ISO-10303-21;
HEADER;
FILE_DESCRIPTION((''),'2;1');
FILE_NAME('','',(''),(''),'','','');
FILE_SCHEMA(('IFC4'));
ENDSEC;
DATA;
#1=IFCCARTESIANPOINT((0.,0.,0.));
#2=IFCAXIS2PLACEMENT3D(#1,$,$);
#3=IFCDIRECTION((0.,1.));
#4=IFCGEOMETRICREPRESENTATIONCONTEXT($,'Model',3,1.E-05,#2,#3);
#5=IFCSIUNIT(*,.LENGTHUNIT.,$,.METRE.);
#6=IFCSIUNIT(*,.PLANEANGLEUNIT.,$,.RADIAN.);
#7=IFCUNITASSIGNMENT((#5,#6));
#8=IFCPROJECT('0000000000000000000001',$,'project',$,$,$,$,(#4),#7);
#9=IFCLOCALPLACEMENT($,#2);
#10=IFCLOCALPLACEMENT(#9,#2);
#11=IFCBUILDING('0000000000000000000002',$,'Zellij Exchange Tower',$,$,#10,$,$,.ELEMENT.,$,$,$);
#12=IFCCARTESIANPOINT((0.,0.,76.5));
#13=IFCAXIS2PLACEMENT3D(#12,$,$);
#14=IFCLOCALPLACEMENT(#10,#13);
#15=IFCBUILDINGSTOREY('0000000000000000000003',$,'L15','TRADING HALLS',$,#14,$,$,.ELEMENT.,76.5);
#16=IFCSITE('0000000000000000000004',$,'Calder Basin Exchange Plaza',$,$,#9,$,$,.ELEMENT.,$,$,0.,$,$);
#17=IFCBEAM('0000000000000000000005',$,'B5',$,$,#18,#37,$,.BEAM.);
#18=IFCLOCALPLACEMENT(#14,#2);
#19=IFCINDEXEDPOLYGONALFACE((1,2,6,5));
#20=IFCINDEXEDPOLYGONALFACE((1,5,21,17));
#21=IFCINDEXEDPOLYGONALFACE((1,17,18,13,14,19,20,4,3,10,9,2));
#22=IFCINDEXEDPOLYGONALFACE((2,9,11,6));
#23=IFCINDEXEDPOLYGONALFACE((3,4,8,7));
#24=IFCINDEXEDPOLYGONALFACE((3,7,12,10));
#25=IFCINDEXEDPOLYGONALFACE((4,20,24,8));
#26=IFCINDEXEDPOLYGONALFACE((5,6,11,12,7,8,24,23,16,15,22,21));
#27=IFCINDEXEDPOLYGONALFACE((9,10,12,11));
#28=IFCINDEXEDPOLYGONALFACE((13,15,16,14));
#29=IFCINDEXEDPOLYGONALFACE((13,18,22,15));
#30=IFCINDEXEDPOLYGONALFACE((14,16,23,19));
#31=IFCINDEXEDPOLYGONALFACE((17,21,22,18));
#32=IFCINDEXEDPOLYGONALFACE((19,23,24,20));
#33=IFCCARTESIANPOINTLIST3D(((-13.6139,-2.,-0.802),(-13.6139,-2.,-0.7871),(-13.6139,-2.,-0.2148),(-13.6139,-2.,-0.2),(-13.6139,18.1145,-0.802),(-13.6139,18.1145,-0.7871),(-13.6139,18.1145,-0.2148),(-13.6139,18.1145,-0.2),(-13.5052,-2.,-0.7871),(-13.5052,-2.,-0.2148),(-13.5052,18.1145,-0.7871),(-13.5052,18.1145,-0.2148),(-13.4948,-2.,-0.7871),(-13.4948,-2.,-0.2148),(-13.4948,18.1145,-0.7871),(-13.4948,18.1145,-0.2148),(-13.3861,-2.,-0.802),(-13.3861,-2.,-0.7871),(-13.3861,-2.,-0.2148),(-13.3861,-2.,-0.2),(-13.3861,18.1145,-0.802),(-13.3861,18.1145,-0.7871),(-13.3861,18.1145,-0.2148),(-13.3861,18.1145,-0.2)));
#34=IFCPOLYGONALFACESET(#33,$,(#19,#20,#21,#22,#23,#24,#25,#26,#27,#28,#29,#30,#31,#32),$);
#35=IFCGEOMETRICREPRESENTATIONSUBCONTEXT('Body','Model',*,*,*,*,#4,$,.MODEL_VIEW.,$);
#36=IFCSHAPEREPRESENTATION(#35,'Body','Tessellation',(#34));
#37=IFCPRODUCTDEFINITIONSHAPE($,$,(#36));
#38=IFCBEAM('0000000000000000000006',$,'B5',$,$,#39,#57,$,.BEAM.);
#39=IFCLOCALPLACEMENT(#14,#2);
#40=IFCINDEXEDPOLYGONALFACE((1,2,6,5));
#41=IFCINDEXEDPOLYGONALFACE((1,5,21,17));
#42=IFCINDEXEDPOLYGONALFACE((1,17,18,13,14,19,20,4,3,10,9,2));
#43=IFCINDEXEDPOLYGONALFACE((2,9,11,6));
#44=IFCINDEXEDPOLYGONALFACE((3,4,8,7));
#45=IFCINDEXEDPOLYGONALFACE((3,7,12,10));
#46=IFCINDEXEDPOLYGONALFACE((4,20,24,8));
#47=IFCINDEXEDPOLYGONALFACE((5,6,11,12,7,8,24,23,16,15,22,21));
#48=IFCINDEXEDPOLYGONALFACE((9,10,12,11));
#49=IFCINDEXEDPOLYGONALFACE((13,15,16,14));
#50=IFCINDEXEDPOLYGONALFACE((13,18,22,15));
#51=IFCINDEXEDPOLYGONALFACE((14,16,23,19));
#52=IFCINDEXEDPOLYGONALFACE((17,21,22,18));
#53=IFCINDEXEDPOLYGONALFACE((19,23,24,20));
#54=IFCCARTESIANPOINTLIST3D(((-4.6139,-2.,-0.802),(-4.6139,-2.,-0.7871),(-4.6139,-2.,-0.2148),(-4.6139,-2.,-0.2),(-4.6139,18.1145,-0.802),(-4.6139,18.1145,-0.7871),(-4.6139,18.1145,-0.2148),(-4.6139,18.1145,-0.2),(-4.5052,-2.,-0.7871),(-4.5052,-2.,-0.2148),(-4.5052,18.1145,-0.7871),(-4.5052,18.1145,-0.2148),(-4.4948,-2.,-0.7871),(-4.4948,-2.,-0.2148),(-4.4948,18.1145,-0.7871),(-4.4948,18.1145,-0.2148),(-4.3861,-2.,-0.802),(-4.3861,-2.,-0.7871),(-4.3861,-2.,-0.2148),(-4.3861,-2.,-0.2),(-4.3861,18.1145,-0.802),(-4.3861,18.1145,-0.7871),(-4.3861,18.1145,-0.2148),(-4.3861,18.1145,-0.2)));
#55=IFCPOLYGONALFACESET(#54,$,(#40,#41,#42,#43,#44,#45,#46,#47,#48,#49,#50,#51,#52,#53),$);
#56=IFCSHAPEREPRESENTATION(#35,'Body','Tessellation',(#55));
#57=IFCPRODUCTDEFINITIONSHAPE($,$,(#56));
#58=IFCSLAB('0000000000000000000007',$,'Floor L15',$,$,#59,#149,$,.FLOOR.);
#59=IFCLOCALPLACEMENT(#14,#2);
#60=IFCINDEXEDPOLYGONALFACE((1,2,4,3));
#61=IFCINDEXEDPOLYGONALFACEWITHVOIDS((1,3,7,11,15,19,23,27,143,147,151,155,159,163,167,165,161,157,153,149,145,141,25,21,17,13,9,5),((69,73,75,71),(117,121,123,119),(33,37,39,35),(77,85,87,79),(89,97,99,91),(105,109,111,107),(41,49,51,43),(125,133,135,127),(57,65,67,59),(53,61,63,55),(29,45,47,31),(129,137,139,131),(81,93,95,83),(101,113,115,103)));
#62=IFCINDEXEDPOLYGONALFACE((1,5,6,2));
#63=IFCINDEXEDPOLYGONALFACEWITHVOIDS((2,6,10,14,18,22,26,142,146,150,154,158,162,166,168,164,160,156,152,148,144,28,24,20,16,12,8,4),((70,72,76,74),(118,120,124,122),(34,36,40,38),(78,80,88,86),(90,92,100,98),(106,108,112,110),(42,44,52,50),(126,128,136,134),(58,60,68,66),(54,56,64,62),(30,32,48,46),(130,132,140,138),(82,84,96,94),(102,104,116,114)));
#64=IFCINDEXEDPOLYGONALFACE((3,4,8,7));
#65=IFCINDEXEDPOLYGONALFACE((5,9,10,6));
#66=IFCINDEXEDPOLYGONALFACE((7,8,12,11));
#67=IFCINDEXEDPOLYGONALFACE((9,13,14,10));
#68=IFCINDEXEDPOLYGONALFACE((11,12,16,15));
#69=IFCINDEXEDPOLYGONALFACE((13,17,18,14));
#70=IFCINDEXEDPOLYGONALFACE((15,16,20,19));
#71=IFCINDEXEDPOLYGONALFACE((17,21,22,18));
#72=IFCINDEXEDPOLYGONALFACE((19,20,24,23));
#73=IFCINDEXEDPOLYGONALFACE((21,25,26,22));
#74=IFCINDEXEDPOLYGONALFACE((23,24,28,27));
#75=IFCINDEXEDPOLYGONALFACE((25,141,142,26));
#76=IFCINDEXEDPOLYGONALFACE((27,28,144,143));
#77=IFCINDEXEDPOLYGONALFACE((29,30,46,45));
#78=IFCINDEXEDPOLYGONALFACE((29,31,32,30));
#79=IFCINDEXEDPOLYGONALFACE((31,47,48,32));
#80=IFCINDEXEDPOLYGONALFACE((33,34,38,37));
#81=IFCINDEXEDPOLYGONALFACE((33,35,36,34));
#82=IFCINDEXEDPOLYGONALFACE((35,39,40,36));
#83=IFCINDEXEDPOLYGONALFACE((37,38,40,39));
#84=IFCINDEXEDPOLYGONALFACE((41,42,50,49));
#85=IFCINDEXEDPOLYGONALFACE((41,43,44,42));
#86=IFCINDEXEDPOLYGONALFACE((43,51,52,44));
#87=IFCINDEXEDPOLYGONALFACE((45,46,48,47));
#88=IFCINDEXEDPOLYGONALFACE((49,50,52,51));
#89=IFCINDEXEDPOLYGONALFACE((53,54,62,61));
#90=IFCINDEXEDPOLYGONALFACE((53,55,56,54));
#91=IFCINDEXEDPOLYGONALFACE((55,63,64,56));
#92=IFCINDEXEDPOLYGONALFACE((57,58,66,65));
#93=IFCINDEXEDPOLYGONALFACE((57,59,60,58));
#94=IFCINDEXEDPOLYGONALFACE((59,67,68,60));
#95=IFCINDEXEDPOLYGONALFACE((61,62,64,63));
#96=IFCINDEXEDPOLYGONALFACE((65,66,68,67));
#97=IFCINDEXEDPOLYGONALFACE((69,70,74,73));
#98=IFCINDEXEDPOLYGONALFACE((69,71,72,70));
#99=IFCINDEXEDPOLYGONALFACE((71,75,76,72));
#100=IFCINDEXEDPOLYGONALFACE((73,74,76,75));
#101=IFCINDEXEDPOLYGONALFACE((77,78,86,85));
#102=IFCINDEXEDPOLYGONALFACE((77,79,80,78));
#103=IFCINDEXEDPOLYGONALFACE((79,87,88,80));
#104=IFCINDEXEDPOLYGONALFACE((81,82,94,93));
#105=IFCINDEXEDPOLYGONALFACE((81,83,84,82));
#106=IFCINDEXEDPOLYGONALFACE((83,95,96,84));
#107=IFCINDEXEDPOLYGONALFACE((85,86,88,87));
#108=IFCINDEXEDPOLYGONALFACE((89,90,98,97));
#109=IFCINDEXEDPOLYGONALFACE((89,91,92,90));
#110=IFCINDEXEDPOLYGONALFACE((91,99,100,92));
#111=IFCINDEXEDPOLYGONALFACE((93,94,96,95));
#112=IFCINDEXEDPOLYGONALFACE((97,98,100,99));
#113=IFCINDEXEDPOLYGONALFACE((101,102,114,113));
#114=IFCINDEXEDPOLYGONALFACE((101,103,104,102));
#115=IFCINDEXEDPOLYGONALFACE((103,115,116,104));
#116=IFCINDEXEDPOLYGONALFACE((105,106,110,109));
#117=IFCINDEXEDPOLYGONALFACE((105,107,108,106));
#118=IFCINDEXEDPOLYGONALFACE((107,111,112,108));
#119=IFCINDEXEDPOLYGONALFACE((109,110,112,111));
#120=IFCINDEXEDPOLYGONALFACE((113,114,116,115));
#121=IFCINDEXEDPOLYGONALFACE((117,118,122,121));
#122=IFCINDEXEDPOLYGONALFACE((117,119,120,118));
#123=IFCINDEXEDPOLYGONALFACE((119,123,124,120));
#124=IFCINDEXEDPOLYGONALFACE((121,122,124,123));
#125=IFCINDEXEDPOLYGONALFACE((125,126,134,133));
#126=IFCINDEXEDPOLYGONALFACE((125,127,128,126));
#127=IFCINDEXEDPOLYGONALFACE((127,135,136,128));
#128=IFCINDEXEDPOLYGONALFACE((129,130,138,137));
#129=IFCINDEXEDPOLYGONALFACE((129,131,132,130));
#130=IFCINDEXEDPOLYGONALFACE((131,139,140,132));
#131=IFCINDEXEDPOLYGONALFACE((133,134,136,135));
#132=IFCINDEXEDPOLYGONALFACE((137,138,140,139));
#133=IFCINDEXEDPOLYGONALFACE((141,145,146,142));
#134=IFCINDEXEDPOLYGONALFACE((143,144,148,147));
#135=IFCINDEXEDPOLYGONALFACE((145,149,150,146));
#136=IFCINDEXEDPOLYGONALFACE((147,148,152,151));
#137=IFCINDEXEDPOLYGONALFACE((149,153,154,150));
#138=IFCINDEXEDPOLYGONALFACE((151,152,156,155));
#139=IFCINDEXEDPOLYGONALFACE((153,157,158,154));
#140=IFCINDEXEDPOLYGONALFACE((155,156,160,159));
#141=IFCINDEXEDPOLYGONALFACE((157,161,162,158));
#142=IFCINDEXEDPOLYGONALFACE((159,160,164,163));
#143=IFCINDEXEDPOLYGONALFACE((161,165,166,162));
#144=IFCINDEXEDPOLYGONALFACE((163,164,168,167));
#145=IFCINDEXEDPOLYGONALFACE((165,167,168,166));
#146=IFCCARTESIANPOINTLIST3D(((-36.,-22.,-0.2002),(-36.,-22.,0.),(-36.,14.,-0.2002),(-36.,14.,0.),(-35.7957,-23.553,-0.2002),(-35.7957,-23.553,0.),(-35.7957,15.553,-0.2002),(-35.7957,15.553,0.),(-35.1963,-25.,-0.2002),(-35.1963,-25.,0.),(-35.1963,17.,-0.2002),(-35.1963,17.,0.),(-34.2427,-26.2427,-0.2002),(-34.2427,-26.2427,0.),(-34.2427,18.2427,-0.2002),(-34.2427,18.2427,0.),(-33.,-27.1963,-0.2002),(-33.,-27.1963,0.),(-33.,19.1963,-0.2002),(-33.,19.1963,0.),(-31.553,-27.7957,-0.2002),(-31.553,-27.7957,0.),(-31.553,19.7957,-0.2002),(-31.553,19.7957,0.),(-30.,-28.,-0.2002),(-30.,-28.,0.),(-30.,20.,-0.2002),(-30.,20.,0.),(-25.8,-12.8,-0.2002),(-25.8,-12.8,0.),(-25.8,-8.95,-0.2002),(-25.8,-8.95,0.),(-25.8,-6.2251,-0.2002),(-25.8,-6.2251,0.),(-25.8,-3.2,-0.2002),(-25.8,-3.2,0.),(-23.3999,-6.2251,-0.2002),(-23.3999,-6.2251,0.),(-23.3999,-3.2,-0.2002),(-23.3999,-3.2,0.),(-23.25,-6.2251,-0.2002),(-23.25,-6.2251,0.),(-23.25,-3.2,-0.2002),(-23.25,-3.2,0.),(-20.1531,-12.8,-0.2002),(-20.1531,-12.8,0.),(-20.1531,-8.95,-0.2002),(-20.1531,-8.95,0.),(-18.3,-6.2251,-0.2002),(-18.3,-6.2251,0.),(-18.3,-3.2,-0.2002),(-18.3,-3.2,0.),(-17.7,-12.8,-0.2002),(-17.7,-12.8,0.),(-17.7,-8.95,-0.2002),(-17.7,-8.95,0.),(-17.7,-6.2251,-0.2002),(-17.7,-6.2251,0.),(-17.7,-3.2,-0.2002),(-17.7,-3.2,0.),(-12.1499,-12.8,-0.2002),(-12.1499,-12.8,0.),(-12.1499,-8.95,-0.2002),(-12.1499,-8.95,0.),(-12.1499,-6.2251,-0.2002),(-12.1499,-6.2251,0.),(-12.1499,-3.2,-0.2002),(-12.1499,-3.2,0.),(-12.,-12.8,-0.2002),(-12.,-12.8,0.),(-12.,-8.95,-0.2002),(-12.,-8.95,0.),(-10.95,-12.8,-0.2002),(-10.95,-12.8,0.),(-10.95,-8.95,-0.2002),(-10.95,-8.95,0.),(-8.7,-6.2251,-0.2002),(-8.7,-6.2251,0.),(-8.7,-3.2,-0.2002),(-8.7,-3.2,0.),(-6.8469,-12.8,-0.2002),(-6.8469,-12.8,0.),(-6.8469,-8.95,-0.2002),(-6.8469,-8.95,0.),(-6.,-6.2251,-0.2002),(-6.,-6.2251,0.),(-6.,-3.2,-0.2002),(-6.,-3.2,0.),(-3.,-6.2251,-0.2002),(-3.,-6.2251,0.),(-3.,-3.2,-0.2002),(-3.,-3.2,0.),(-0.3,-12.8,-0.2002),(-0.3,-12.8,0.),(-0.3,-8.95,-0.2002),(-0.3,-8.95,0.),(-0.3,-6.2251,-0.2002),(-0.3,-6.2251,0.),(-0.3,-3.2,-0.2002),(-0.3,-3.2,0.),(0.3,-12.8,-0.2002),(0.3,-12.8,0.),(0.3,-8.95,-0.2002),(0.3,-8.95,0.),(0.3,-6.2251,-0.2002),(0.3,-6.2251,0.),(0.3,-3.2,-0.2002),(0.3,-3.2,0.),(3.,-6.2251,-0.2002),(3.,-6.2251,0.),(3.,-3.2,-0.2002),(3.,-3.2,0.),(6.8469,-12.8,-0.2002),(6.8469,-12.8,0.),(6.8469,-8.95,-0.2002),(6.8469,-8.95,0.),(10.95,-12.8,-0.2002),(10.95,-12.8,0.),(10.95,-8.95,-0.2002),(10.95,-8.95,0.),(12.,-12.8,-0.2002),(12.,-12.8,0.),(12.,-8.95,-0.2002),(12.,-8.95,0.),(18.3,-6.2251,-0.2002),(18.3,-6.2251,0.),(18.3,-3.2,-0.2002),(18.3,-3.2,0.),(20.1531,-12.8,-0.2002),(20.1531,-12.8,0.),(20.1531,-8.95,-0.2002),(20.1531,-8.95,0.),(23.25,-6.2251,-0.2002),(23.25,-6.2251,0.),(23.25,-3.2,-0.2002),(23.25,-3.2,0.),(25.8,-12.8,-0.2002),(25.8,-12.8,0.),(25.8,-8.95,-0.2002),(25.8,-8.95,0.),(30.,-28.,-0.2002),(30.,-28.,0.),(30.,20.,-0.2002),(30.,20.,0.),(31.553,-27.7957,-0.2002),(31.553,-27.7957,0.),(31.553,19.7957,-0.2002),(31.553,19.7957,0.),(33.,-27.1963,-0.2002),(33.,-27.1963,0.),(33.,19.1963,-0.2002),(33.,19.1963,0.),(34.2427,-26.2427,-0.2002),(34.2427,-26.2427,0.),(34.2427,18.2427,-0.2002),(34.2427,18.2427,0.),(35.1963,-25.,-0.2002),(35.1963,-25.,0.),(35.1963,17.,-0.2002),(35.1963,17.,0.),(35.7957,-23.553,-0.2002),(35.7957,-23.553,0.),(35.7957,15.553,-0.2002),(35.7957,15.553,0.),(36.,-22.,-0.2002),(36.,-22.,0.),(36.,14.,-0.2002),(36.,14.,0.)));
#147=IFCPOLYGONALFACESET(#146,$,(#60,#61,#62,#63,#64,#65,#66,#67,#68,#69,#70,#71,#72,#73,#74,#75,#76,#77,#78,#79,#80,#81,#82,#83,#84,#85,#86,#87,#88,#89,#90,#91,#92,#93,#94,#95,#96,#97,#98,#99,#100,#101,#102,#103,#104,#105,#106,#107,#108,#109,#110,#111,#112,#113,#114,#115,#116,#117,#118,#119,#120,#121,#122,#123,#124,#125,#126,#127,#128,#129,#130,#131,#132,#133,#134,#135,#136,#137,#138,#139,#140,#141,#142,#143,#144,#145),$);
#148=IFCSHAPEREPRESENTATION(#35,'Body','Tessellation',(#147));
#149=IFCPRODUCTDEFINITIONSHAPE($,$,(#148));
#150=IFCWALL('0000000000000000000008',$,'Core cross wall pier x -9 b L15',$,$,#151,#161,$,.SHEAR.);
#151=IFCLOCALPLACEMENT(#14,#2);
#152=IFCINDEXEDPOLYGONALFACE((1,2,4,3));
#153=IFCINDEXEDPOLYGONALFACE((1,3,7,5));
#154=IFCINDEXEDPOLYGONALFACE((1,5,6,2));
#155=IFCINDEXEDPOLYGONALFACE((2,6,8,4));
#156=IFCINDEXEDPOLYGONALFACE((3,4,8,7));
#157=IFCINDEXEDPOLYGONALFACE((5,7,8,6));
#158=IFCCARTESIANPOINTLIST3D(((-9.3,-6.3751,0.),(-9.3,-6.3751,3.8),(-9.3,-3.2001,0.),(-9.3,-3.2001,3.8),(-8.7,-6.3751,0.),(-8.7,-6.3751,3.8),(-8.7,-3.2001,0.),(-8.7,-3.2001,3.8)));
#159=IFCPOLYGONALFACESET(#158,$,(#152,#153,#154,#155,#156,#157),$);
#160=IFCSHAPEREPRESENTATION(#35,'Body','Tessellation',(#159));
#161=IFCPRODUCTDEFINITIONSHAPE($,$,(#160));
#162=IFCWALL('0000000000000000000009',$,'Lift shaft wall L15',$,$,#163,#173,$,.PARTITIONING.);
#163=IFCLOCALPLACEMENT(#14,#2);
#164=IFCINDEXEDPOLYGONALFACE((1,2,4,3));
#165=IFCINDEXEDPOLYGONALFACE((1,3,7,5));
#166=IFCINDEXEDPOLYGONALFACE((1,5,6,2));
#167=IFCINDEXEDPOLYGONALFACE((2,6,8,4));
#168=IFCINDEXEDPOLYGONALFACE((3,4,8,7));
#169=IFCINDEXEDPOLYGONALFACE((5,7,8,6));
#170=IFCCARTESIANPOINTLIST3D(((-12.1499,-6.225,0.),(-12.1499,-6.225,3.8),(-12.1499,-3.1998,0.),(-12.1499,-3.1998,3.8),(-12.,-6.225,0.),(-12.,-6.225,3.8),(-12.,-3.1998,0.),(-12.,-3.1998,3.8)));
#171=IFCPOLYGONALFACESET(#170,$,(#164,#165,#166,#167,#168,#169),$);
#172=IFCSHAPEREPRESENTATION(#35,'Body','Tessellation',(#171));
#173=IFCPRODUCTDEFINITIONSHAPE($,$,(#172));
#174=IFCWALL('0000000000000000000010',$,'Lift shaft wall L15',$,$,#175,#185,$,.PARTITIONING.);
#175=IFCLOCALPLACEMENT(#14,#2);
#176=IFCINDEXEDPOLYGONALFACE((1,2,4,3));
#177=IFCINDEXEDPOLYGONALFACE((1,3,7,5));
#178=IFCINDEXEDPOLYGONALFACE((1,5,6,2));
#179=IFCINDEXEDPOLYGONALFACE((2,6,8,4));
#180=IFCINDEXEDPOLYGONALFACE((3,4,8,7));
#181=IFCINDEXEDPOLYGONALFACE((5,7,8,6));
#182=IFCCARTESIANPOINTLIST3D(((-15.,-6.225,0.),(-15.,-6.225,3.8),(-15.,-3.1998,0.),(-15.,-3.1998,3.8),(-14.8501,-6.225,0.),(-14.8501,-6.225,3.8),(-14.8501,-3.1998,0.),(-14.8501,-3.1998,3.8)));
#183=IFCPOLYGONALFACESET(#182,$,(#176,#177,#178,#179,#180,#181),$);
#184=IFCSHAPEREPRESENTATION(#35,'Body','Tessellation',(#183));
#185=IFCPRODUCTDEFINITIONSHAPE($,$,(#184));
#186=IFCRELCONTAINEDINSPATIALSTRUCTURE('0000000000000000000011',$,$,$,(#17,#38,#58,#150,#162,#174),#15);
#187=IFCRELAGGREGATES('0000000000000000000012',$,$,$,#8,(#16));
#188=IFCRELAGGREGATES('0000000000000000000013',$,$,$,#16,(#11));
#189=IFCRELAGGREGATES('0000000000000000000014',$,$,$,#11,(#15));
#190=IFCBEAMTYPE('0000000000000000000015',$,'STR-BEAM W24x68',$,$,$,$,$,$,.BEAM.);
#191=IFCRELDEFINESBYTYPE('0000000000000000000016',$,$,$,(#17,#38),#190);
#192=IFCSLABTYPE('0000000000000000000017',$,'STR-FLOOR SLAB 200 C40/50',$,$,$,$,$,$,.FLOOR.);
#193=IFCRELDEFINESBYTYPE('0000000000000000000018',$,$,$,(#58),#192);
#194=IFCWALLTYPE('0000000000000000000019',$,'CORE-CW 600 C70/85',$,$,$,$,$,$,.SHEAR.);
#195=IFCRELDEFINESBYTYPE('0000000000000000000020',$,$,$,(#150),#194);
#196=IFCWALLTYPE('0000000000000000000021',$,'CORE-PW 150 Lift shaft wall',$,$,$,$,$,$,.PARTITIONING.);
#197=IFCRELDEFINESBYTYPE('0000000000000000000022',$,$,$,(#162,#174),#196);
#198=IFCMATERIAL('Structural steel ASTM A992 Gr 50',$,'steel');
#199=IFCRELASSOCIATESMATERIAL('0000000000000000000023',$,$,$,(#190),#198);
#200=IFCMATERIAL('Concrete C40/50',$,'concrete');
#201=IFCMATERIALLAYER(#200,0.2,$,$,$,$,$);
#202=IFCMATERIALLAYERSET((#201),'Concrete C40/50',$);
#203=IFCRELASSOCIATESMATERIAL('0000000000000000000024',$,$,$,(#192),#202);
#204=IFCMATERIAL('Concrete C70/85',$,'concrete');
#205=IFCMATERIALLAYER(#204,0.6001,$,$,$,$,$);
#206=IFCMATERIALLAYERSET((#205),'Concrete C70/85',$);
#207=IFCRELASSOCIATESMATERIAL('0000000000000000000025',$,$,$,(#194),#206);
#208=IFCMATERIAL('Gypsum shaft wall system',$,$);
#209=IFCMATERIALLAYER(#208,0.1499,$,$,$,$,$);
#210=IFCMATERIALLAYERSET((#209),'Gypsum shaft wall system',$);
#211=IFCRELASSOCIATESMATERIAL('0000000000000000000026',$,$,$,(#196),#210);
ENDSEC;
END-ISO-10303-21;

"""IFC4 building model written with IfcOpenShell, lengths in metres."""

from ifc_helpers import new_model, si_unit, direction, frame, frame_2d, origin, origin_2d, place, context, subcontext, project, spatial, polyline, rectangle, i_section, outline, extrude, material, layer, layer_set, material_profile, profile_set, type_object, element, save


model = new_model("IFC4")

# Units and contexts
model_context = context("Model", 3, precision=1e-05, world=origin(), true_north=direction((0.0, 1.0)))
body_context = subcontext(model_context, "Body", "Model", "MODEL_VIEW")
ifc_project = project(units=[si_unit("LENGTHUNIT", "METRE"), si_unit("PLANEANGLEUNIT", "RADIAN")], contexts=[model_context])

# Site, building, storey
site_placement = place(None, origin())
site = spatial("IfcSite", under=ifc_project, at=site_placement, Name="Calder Basin Exchange Plaza", CompositionType="ELEMENT", RefElevation=0.0)
building_placement = place(site_placement, origin())
building = spatial("IfcBuilding", under=site, at=building_placement, Name="Zellij Exchange Tower", CompositionType="ELEMENT")
storey_placement = place(building_placement, frame((0.0, 0.0, 76.5)))
storey = spatial("IfcBuildingStorey", under=building, at=storey_placement, Name="L15", Description="TRADING HALLS", CompositionType="ELEMENT", Elevation=76.5)

# Beams
ifc_material_1 = material(Name="Structural steel ASTM A992 Gr 50", Category="steel")
ifc_material_profile = material_profile(ifc_material_1, i_section(OverallWidth=0.2278, OverallDepth=0.6021, WebThickness=0.0105, FlangeThickness=0.0149, at=origin_2d()), Name="W24x68")
ifc_profile_set = profile_set([ifc_material_profile], Name="Structural steel ASTM A992 Gr 50")
beam_type = type_object("IfcBeamType", Name="STR-BEAM W24x68", PredefinedType="BEAM", material=ifc_profile_set)
for number, where, z_axis, x_axis, name in (
    (1, (-13.5, -2.0, -0.501), (0.0, 1.0, 0.0), (-1.0, 0.0, 0.0), "B5"),
    (2, (-4.5, -2.0, -0.501), (0.0, 1.0, 0.0), (-1.0, 0.0, 0.0), "B5"),
):
    element("IfcBeam", number, at=place(storey_placement, frame(where, z_axis=z_axis, x_axis=x_axis)), inside=storey, type_object=beam_type, Name=name, PredefinedType="BEAM", context=body_context, shape_type="SweptSolid", body=[
        extrude(i_section(OverallWidth=0.2278, OverallDepth=0.6021, WebThickness=0.0105, FlangeThickness=0.0149, at=origin_2d()), origin(), (0.0, 0.0, 1.0), 20.1145),
    ])

# Slab
ifc_material_2 = material(Name="Concrete C40/50", Category="concrete")
ifc_layer_1 = layer(ifc_material_2, 0.2)
ifc_layer_set_1 = layer_set([ifc_layer_1], Name="Concrete C40/50")
slab_type = type_object("IfcSlabType", Name="STR-FLOOR SLAB 200 C40/50", PredefinedType="FLOOR", material=ifc_layer_set_1)
slab_placement = place(storey_placement, frame((0.0, 0.0, -0.2002)))
element("IfcSlab", 3, at=slab_placement, inside=storey, type_object=slab_type, Name="Floor L15", PredefinedType="FLOOR", context=body_context, shape_type="SweptSolid", body=[
    extrude(outline(polyline([(-30.0, -28.0), (-31.553, -27.7957), (-33.0, -27.1963), (-34.2427, -26.2427), (-35.1963, -25.0), (-35.7957, -23.553), (-36.0, -22.0), (-36.0, 14.0), (-35.7957, 15.553), (-35.1963, 17.0), (-34.2427, 18.2427), (-33.0, 19.1963), (-31.553, 19.7957), (-30.0, 20.0), (30.0, 20.0), (31.553, 19.7957), (33.0, 19.1963), (34.2427, 18.2427), (35.1963, 17.0), (35.7957, 15.553), (36.0, 14.0), (36.0, -22.0), (35.7957, -23.553), (35.1963, -25.0), (34.2427, -26.2427), (33.0, -27.1963), (31.553, -27.7957), (30.0, -28.0), (-30.0, -28.0)]), holes=[polyline([(-25.8, -8.95), (-25.8, -12.8), (-20.1531, -12.8), (-20.1531, -8.95), (-25.8, -8.95)]), polyline([(-12.1499, -8.95), (-17.7, -8.95), (-17.7, -12.8), (-12.1499, -12.8), (-12.1499, -8.95)]), polyline([(-10.95, -8.95), (-12.0, -8.95), (-12.0, -12.8), (-10.95, -12.8), (-10.95, -8.95)]), polyline([(-23.3999, -3.2), (-25.8, -3.2), (-25.8, -6.2251), (-23.3999, -6.2251), (-23.3999, -3.2)]), polyline([(-18.3, -3.2), (-23.25, -3.2), (-23.25, -6.2251), (-18.3, -6.2251), (-18.3, -3.2)]), polyline([(-12.1499, -3.2), (-17.7, -3.2), (-17.7, -6.2251), (-12.1499, -6.2251), (-12.1499, -3.2)]), polyline([(-6.0, -3.2), (-8.7, -3.2), (-8.7, -6.2251), (-6.0, -6.2251), (-6.0, -3.2)]), polyline([(-6.8469, -8.95), (-6.8469, -12.8), (-0.3, -12.8), (-0.3, -8.95), (-6.8469, -8.95)]), polyline([(6.8469, -8.95), (0.3, -8.95), (0.3, -12.8), (6.8469, -12.8), (6.8469, -8.95)]), polyline([(12.0, -8.95), (10.95, -8.95), (10.95, -12.8), (12.0, -12.8), (12.0, -8.95)]), polyline([(25.8, -8.95), (20.1531, -8.95), (20.1531, -12.8), (25.8, -12.8), (25.8, -8.95)]), polyline([(-0.3, -3.2), (-3.0, -3.2), (-3.0, -6.2251), (-0.3, -6.2251), (-0.3, -3.2)]), polyline([(3.0, -3.2), (0.3, -3.2), (0.3, -6.2251), (3.0, -6.2251), (3.0, -3.2)]), polyline([(23.25, -3.2), (18.3, -3.2), (18.3, -6.2251), (23.25, -6.2251), (23.25, -3.2)])]), origin(), (0.0, 0.0, 1.0), 0.2002),
])

# Walls
ifc_material_3 = material(Name="Concrete C70/85", Category="concrete")
ifc_layer_2 = layer(ifc_material_3, 0.6001)
ifc_layer_set_2 = layer_set([ifc_layer_2], Name="Concrete C70/85")
wall_type_1 = type_object("IfcWallType", Name="CORE-CW 600 C70/85", PredefinedType="SHEAR", material=ifc_layer_set_2)
wall_1_placement = place(storey_placement, frame((-9.0, -6.375, 0.0), z_axis=(0.0, 0.0, 1.0), x_axis=(0.0, 1.0, 0.0)))
element("IfcWall", 4, at=wall_1_placement, inside=storey, type_object=wall_type_1, Name="Core cross wall pier x -9 b L15", PredefinedType="SHEAR", context=body_context, shape_type="SweptSolid", body=[
    extrude(rectangle(XDim=3.175, YDim=0.6001, at=frame_2d((1.5874, 0.0))), origin(), (0.0, 0.0, 1.0), 3.8),
])
ifc_material_4 = material(Name="Gypsum shaft wall system")
ifc_layer_3 = layer(ifc_material_4, 0.1499)
ifc_layer_set_3 = layer_set([ifc_layer_3], Name="Gypsum shaft wall system")
wall_type_2 = type_object("IfcWallType", Name="CORE-PW 150 Lift shaft wall", PredefinedType="PARTITIONING", material=ifc_layer_set_3)
for number, where, z_axis, x_axis, name in (
    (5, (-12.075, -6.2251, 0.0), (0.0, 0.0, 1.0), (0.0, 1.0, 0.0), "Lift shaft wall L15"),
    (6, (-14.925, -6.2251, 0.0), (0.0, 0.0, 1.0), (0.0, 1.0, 0.0), "Lift shaft wall L15"),
):
    element("IfcWall", number, at=place(storey_placement, frame(where, z_axis=z_axis, x_axis=x_axis)), inside=storey, type_object=wall_type_2, Name=name, PredefinedType="PARTITIONING", context=body_context, shape_type="SweptSolid", body=[
        extrude(rectangle(XDim=3.0251, YDim=0.1499, at=frame_2d((1.5127, 0.0))), origin(), (0.0, 0.0, 1.0), 3.8),
    ])

save(model, "model.ifc")
